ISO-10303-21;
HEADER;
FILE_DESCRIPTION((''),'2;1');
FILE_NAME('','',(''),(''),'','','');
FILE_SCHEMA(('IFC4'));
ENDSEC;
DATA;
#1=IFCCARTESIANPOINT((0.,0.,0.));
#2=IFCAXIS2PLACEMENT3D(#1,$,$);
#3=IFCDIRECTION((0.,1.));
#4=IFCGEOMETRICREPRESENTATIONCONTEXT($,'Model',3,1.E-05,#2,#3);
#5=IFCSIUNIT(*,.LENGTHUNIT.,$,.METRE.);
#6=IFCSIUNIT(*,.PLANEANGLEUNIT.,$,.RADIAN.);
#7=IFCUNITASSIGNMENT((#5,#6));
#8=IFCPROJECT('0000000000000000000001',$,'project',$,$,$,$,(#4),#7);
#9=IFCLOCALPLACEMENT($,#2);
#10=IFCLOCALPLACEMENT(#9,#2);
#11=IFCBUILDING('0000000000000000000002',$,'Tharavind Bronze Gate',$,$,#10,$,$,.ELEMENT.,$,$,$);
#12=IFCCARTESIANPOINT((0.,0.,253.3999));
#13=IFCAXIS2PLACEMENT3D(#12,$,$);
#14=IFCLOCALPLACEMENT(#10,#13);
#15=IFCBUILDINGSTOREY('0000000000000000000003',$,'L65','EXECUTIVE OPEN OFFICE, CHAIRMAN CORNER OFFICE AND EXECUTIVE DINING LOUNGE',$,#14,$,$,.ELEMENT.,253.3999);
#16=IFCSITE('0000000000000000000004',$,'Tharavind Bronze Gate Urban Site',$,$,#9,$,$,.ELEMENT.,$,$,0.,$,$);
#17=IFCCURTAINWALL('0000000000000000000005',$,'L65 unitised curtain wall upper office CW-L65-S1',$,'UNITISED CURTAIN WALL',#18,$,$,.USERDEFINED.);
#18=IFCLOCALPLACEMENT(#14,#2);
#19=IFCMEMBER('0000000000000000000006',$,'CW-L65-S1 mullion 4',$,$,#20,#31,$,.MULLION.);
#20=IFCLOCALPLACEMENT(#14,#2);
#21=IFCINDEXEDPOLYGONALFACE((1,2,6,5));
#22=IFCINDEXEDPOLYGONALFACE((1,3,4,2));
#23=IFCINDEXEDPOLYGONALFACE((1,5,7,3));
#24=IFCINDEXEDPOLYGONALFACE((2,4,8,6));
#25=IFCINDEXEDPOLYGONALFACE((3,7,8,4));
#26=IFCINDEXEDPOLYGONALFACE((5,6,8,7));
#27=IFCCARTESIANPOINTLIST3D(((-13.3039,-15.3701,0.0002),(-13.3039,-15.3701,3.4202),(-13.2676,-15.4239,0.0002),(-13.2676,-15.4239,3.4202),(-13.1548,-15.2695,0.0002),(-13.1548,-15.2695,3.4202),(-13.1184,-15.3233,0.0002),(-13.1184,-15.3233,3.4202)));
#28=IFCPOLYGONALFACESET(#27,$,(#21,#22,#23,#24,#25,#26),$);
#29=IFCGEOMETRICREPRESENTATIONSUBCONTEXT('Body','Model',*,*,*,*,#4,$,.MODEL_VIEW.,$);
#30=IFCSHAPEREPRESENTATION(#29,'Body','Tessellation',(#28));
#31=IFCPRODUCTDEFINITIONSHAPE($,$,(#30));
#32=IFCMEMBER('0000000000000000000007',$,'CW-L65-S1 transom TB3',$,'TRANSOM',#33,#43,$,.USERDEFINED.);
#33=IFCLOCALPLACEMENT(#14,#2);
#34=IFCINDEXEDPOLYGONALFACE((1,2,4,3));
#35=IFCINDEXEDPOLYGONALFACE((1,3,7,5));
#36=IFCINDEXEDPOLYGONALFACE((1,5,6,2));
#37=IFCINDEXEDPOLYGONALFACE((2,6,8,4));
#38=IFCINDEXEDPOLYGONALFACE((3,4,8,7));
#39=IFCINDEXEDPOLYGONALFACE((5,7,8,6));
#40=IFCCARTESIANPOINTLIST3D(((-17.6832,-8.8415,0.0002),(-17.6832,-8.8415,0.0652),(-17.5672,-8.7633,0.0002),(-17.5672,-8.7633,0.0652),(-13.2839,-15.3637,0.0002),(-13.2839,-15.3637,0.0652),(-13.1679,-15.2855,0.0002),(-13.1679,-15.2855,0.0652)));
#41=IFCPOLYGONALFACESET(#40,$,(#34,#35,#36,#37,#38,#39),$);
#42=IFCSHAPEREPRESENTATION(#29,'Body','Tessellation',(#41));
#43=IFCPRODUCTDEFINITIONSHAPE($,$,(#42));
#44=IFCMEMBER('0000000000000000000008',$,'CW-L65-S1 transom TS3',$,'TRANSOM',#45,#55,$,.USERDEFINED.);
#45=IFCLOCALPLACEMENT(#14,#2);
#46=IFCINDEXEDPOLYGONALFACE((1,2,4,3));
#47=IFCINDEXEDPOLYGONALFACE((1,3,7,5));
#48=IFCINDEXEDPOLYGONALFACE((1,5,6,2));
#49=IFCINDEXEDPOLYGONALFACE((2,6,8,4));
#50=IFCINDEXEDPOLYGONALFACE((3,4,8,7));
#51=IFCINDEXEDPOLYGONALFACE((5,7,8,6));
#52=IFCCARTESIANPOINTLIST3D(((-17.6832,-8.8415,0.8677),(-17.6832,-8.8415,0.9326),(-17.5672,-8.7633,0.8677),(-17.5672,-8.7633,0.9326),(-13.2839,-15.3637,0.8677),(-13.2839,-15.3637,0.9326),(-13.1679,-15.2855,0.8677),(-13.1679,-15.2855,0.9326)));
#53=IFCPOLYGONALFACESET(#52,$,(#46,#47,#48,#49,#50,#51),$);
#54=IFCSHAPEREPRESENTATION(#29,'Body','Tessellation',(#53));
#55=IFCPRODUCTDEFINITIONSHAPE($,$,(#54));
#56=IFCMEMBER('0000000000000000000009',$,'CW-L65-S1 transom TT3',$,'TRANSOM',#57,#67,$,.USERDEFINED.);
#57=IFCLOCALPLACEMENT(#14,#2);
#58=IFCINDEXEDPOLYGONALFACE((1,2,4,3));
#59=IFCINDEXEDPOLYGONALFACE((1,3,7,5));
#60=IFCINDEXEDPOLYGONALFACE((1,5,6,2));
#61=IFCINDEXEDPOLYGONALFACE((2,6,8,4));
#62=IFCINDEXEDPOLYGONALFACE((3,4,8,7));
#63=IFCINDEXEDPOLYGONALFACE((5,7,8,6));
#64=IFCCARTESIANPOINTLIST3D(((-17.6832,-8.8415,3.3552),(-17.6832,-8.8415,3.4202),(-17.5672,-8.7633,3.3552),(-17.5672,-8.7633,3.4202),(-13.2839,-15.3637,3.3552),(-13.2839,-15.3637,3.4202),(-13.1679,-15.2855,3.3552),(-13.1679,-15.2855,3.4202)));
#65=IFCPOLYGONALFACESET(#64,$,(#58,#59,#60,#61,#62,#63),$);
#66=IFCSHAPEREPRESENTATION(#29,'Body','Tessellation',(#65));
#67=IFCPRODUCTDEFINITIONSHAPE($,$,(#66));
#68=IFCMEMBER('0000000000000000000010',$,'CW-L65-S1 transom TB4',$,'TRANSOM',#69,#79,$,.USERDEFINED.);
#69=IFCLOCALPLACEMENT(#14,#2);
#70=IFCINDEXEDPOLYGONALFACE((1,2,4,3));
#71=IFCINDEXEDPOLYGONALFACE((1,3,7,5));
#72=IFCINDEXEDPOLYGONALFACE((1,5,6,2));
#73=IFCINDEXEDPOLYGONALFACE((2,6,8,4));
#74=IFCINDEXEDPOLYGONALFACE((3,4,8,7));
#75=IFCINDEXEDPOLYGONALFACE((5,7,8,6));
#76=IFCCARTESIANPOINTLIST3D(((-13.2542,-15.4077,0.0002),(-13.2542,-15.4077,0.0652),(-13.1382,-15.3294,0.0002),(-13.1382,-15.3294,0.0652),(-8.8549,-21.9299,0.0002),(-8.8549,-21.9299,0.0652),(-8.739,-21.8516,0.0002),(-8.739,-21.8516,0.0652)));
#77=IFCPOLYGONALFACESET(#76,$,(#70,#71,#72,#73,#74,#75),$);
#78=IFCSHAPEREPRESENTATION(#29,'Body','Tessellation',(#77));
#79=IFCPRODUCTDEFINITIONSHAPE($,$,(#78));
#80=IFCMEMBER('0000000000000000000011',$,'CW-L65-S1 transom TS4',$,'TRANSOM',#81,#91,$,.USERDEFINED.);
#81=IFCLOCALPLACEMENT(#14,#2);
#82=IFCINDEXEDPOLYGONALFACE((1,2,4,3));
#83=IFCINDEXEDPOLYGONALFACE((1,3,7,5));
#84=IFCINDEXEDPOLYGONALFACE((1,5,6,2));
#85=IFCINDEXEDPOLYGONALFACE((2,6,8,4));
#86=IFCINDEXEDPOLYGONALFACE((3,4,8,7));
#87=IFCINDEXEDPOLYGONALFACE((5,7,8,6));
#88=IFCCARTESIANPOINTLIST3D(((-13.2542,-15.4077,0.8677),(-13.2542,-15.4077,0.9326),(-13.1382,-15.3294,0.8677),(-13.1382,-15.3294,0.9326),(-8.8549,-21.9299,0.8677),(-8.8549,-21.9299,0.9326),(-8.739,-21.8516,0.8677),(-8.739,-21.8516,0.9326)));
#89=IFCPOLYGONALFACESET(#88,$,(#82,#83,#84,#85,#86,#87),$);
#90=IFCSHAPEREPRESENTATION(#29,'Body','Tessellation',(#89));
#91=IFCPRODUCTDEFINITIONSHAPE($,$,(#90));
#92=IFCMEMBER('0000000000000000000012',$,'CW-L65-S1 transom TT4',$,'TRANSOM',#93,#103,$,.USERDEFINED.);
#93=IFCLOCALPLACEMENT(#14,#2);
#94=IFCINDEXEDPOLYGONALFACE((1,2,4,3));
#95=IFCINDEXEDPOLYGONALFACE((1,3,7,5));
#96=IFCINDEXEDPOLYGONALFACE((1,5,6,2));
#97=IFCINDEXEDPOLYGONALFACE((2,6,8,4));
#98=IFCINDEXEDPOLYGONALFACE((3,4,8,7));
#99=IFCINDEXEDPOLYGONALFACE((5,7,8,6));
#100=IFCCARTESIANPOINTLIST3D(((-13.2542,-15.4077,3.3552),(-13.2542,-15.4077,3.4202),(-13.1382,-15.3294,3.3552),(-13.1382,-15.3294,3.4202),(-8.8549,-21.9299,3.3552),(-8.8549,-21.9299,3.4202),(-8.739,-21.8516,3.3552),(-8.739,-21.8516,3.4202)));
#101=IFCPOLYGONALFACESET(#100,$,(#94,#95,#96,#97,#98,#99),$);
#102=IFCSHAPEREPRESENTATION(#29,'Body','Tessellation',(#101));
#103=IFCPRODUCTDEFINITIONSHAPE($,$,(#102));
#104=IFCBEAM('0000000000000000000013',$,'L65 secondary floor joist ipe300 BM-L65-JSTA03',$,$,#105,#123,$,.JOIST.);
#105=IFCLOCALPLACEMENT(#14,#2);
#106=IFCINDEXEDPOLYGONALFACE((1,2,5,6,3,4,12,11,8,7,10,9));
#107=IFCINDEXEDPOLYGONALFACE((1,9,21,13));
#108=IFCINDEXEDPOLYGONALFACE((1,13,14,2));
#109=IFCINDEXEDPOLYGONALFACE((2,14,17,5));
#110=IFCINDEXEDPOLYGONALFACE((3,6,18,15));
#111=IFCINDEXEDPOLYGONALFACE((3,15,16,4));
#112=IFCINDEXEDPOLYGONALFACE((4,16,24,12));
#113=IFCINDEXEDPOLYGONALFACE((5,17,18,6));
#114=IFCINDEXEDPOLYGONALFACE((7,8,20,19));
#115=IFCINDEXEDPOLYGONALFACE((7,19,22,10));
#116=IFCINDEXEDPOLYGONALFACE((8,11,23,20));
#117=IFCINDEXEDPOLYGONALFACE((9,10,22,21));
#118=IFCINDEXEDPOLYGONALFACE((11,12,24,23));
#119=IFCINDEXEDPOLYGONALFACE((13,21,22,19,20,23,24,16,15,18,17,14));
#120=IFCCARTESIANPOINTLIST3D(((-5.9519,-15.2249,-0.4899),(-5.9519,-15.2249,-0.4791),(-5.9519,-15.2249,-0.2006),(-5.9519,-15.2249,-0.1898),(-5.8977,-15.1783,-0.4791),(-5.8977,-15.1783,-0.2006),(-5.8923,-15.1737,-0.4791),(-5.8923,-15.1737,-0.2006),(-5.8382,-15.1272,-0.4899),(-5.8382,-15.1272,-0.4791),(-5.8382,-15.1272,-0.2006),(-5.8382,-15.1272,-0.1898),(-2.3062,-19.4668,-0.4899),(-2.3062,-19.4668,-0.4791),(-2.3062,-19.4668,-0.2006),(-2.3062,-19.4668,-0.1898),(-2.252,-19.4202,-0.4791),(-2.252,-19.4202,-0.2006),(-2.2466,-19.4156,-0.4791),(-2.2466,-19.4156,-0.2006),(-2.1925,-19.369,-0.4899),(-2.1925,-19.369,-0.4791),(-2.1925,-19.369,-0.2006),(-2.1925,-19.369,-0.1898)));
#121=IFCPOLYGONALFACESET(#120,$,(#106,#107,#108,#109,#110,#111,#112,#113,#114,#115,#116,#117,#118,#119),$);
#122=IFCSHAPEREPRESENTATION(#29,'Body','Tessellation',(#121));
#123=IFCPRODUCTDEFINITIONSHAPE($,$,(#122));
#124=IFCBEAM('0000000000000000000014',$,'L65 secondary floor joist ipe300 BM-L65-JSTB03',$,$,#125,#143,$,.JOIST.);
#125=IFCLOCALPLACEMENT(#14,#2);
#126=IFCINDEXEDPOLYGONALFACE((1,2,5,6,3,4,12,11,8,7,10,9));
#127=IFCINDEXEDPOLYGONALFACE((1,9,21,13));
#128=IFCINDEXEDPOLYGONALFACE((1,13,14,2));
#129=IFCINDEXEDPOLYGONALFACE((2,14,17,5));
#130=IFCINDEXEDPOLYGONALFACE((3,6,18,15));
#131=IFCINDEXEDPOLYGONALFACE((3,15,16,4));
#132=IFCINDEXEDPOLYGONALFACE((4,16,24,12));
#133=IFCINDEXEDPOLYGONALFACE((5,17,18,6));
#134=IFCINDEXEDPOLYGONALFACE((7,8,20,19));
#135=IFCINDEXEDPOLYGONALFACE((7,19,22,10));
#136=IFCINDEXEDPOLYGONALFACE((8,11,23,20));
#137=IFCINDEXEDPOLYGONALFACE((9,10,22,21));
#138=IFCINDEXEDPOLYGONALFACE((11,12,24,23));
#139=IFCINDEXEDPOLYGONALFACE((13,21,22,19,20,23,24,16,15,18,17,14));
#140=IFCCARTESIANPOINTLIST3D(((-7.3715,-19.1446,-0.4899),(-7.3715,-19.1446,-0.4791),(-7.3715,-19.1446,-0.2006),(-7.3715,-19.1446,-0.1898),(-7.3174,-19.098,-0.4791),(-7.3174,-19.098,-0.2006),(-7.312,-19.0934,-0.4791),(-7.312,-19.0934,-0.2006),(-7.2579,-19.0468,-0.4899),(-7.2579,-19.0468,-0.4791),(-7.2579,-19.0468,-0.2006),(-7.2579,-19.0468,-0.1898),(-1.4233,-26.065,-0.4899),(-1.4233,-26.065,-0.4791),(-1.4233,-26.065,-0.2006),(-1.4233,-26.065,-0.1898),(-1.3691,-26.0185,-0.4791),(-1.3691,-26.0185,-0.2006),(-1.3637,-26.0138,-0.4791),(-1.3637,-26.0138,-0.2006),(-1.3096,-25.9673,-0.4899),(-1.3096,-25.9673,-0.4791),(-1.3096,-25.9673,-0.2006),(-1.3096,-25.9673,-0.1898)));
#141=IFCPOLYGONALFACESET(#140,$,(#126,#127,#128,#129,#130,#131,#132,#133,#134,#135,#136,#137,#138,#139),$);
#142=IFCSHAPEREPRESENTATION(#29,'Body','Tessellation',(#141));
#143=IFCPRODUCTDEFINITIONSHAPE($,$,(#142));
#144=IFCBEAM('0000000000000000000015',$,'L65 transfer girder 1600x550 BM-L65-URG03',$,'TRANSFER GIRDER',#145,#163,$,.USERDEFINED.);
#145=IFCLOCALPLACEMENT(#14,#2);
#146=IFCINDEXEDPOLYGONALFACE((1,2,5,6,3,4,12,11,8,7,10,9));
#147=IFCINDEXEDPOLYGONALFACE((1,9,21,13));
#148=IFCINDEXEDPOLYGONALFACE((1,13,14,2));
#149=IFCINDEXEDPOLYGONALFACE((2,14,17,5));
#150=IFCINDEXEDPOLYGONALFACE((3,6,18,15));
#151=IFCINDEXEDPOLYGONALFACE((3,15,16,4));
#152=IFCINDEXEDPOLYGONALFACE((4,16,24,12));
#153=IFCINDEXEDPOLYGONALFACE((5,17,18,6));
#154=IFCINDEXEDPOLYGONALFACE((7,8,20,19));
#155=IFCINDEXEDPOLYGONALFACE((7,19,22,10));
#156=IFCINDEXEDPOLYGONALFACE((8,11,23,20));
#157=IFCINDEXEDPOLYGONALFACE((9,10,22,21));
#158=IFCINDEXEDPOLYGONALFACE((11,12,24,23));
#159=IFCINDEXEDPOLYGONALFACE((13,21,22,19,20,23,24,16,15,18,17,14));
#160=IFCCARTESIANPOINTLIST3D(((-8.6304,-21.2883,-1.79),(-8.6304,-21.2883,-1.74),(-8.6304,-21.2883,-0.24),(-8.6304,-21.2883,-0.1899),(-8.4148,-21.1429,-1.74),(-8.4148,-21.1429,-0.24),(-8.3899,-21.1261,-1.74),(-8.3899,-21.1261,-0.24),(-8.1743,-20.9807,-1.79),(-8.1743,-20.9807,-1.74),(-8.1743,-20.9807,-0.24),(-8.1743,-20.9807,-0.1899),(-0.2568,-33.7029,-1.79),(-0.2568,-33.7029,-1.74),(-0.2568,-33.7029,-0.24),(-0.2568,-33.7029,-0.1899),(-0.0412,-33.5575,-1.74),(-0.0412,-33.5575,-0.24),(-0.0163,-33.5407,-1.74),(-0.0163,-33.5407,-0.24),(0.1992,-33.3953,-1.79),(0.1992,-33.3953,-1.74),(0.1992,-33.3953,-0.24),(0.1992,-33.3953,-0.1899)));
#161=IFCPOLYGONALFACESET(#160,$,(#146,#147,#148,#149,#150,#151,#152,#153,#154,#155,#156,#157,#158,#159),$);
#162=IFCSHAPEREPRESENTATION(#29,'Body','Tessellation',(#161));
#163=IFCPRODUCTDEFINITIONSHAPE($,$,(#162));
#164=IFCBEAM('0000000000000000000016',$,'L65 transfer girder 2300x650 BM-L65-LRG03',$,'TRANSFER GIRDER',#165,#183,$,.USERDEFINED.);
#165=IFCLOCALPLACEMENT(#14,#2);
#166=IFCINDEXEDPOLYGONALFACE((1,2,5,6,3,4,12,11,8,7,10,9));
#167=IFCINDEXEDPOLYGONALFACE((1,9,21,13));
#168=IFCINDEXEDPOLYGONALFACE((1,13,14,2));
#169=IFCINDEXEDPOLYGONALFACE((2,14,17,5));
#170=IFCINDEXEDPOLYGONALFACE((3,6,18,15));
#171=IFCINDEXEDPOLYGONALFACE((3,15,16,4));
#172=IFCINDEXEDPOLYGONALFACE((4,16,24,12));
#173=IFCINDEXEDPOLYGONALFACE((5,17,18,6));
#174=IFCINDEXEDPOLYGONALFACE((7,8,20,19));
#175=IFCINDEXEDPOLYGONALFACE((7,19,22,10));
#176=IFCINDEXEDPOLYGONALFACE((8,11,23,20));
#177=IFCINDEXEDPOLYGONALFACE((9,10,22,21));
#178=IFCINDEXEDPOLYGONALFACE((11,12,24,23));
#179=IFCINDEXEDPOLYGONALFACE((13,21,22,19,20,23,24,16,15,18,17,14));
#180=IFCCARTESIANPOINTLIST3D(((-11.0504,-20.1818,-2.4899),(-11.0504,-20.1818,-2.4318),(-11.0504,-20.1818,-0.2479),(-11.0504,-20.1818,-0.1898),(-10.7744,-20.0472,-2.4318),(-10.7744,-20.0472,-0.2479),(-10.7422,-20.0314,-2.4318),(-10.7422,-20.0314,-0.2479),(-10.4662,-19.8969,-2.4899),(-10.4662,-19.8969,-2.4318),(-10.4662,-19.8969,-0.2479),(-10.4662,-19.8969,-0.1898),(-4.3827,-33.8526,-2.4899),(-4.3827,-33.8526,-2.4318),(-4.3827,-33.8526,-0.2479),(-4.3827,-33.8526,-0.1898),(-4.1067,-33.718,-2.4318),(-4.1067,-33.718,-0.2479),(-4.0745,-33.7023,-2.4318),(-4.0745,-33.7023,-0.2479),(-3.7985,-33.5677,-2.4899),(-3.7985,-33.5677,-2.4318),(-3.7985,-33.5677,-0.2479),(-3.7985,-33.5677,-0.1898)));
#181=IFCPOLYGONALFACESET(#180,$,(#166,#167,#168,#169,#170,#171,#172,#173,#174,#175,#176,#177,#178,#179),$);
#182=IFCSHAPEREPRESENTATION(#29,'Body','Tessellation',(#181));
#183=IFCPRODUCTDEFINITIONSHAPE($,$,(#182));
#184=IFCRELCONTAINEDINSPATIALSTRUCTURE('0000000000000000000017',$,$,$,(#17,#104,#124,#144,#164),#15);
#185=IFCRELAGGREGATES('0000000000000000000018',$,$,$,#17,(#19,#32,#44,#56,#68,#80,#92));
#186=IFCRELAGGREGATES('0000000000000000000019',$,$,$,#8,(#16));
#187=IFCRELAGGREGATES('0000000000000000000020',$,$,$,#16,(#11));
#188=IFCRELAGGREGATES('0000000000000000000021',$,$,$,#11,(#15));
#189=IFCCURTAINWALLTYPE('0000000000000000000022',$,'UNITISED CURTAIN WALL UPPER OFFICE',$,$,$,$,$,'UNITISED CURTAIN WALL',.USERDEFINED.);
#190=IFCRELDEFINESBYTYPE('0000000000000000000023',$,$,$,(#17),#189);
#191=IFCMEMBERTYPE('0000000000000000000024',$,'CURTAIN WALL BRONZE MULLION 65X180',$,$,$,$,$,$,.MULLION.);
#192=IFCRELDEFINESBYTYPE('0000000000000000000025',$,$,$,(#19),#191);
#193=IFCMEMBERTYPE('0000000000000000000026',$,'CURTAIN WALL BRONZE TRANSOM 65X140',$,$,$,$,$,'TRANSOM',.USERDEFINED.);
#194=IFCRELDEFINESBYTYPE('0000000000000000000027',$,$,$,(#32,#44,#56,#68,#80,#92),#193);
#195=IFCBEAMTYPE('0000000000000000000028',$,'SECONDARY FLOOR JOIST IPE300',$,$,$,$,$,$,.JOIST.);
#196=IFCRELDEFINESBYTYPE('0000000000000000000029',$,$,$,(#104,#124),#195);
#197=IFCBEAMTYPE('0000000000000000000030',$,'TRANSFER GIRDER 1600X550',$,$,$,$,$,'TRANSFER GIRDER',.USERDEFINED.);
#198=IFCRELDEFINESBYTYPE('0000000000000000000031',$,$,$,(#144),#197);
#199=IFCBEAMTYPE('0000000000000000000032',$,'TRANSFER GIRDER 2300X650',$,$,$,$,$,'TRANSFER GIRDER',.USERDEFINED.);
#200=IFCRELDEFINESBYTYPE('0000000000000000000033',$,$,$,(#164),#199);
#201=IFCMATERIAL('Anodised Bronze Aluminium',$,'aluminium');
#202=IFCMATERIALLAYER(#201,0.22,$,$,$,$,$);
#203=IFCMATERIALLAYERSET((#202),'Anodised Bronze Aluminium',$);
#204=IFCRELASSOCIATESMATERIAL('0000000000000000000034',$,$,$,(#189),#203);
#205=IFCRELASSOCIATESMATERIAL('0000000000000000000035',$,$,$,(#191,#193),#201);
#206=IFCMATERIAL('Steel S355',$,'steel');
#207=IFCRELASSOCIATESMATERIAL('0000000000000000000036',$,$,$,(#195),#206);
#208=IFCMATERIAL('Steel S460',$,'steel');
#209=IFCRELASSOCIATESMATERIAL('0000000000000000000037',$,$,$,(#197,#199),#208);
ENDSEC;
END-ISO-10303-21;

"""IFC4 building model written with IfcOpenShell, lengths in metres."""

from ifc_helpers import new_model, si_unit, direction, frame, origin, origin_2d, place, context, subcontext, project, spatial, rectangle, i_section, extrude, material, layer, layer_set, material_profile, profile_set, type_object, element, aggregate, save


model = new_model("IFC4")

# Units and contexts
model_context = context("Model", 3, precision=1e-05, world=origin(), true_north=direction((0.0, 1.0)))
body_context = subcontext(model_context, "Body", "Model", "MODEL_VIEW")
ifc_project = project(units=[si_unit("LENGTHUNIT", "METRE"), si_unit("PLANEANGLEUNIT", "RADIAN")], contexts=[model_context])

# Site, building, storey
site_placement = place(None, origin())
site = spatial("IfcSite", under=ifc_project, at=site_placement, Name="Tharavind Bronze Gate Urban Site", CompositionType="ELEMENT", RefElevation=0.0)
building_placement = place(site_placement, origin())
building = spatial("IfcBuilding", under=site, at=building_placement, Name="Tharavind Bronze Gate", CompositionType="ELEMENT")
storey_placement = place(building_placement, frame((0.0, 0.0, 253.3999)))
storey = spatial("IfcBuildingStorey", under=building, at=storey_placement, Name="L65", Description="EXECUTIVE OPEN OFFICE, CHAIRMAN CORNER OFFICE AND EXECUTIVE DINING LOUNGE", CompositionType="ELEMENT", Elevation=253.3999)

# Curtain wall, members
ifc_material_1 = material(Name="Anodised Bronze Aluminium", Category="aluminium")
ifc_layer_1 = layer(ifc_material_1, 0.22)
ifc_layer_set_1 = layer_set([ifc_layer_1], Name="Anodised Bronze Aluminium")
curtain_wall_type = type_object("IfcCurtainWallType", Name="UNITISED CURTAIN WALL UPPER OFFICE", ElementType="UNITISED CURTAIN WALL", PredefinedType="USERDEFINED", material=ifc_layer_set_1)
curtain_wall_placement = place(storey_placement, origin())
curtain_wall = element("IfcCurtainWall", 1, at=curtain_wall_placement, inside=storey, type_object=curtain_wall_type, Name="L65 unitised curtain wall upper office CW-L65-S1", ObjectType="UNITISED CURTAIN WALL", PredefinedType="USERDEFINED")
member_type_1 = type_object("IfcMemberType", Name="CURTAIN WALL BRONZE MULLION 65X180", PredefinedType="MULLION", material=ifc_material_1)
member_1_placement = place(storey_placement, frame((-13.2112, -15.3467, 0.0002), z_axis=(0.0, 0.0, 1.0), x_axis=(0.559191, -0.829039, 0.0)))
member_1 = element("IfcMember", 2, at=member_1_placement, type_object=member_type_1, Name="CW-L65-S1 mullion 4", PredefinedType="MULLION", context=body_context, shape_type="SweptSolid", body=[
    extrude(rectangle(XDim=0.0649, YDim=0.1799, at=origin_2d()), origin(), (0.0, 0.0, 1.0), 3.4199),
])
member_type_2 = type_object("IfcMemberType", Name="CURTAIN WALL BRONZE TRANSOM 65X140", ElementType="TRANSOM", PredefinedType="USERDEFINED", material=ifc_material_1)
member_2_placement = place(storey_placement, frame((-15.4255, -12.0635, 0.0002), z_axis=(0.0, 0.0, 1.0), x_axis=(0.559191, -0.829039, 0.0)))
member_2 = element("IfcMember", 3, at=member_2_placement, type_object=member_type_2, Name="CW-L65-S1 transom TB3", ObjectType="TRANSOM", PredefinedType="USERDEFINED", context=body_context, shape_type="SweptSolid", body=[
    extrude(rectangle(XDim=7.8672, YDim=0.1399, at=origin_2d()), origin(), (0.0, 0.0, 1.0), 0.0649),
])
member_3_placement = place(storey_placement, frame((-15.4255, -12.0635, 0.8677), z_axis=(0.0, 0.0, 1.0), x_axis=(0.559191, -0.829039, 0.0)))
member_3 = element("IfcMember", 4, at=member_3_placement, type_object=member_type_2, Name="CW-L65-S1 transom TS3", ObjectType="TRANSOM", PredefinedType="USERDEFINED", context=body_context, shape_type="SweptSolid", body=[
    extrude(rectangle(XDim=7.8672, YDim=0.1399, at=origin_2d()), origin(), (0.0, 0.0, 1.0), 0.0649),
])
member_4_placement = place(storey_placement, frame((-15.4255, -12.0635, 3.3552), z_axis=(0.0, 0.0, 1.0), x_axis=(0.559191, -0.829039, 0.0)))
member_4 = element("IfcMember", 5, at=member_4_placement, type_object=member_type_2, Name="CW-L65-S1 transom TT3", ObjectType="TRANSOM", PredefinedType="USERDEFINED", context=body_context, shape_type="SweptSolid", body=[
    extrude(rectangle(XDim=7.8672, YDim=0.1399, at=origin_2d()), origin(), (0.0, 0.0, 1.0), 0.0649),
])
member_5_placement = place(storey_placement, frame((-10.9966, -18.6296, 0.0002), z_axis=(0.0, 0.0, 1.0), x_axis=(0.559191, -0.829039, 0.0)))
member_5 = element("IfcMember", 6, at=member_5_placement, type_object=member_type_2, Name="CW-L65-S1 transom TB4", ObjectType="TRANSOM", PredefinedType="USERDEFINED", context=body_context, shape_type="SweptSolid", body=[
    extrude(rectangle(XDim=7.8672, YDim=0.1399, at=origin_2d()), origin(), (0.0, 0.0, 1.0), 0.0649),
])
member_6_placement = place(storey_placement, frame((-10.9966, -18.6296, 0.8677), z_axis=(0.0, 0.0, 1.0), x_axis=(0.559191, -0.829039, 0.0)))
member_6 = element("IfcMember", 7, at=member_6_placement, type_object=member_type_2, Name="CW-L65-S1 transom TS4", ObjectType="TRANSOM", PredefinedType="USERDEFINED", context=body_context, shape_type="SweptSolid", body=[
    extrude(rectangle(XDim=7.8672, YDim=0.1399, at=origin_2d()), origin(), (0.0, 0.0, 1.0), 0.0649),
])
member_7_placement = place(storey_placement, frame((-10.9966, -18.6296, 3.3552), z_axis=(0.0, 0.0, 1.0), x_axis=(0.559191, -0.829039, 0.0)))
member_7 = element("IfcMember", 8, at=member_7_placement, type_object=member_type_2, Name="CW-L65-S1 transom TT4", ObjectType="TRANSOM", PredefinedType="USERDEFINED", context=body_context, shape_type="SweptSolid", body=[
    extrude(rectangle(XDim=7.8672, YDim=0.1399, at=origin_2d()), origin(), (0.0, 0.0, 1.0), 0.0649),
])

# Beams
ifc_material_2 = material(Name="Steel S355", Category="steel")
ifc_material_profile_1 = material_profile(ifc_material_2, i_section(OverallWidth=0.1499, OverallDepth=0.3, WebThickness=0.0071, FlangeThickness=0.0107, at=origin_2d()), Name="IPE300")
ifc_profile_set_1 = profile_set([ifc_material_profile_1], Name="Steel S355")
beam_type_1 = type_object("IfcBeamType", Name="SECONDARY FLOOR JOIST IPE300", PredefinedType="JOIST", material=ifc_profile_set_1)
beam_1_placement = place(storey_placement, frame((-5.895, -15.176, -0.3398), z_axis=(0.651801, -0.75839, 0.0), x_axis=(0.75839, 0.651801, 0.0)))
element("IfcBeam", 9, at=beam_1_placement, inside=storey, type_object=beam_type_1, Name="L65 secondary floor joist ipe300 BM-L65-JSTA03", PredefinedType="JOIST", context=body_context, shape_type="SweptSolid", body=[
    extrude(i_section(OverallWidth=0.1499, OverallDepth=0.3, WebThickness=0.0071, FlangeThickness=0.0107, at=origin_2d()), origin(), (0.0, 0.0, 1.0), 5.5933),
])
beam_2_placement = place(storey_placement, frame((-7.3147, -19.0957, -0.3398), z_axis=(0.651831, -0.758365, 0.0), x_axis=(0.758365, 0.651831, 0.0)))
element("IfcBeam", 10, at=beam_2_placement, inside=storey, type_object=beam_type_1, Name="L65 secondary floor joist ipe300 BM-L65-JSTB03", PredefinedType="JOIST", context=body_context, shape_type="SweptSolid", body=[
    extrude(i_section(OverallWidth=0.1499, OverallDepth=0.3, WebThickness=0.0071, FlangeThickness=0.0107, at=origin_2d()), origin(), (0.0, 0.0, 1.0), 9.1255),
])
ifc_material_3 = material(Name="Steel S460", Category="steel")
ifc_material_profile_2 = material_profile(ifc_material_3, i_section(OverallWidth=0.55, OverallDepth=1.6001, WebThickness=0.03, FlangeThickness=0.05, at=origin_2d()), Name="PG1600X550")
ifc_profile_set_2 = profile_set([ifc_material_profile_2], Name="Steel S460")
beam_type_2 = type_object("IfcBeamType", Name="TRANSFER GIRDER 1600X550", ElementType="TRANSFER GIRDER", PredefinedType="USERDEFINED", material=ifc_profile_set_2)
beam_3_placement = place(storey_placement, frame((-8.4023, -21.1345, -0.99), z_axis=(0.559184, -0.829043, 0.0), x_axis=(0.829043, 0.559184, 0.0)))
element("IfcBeam", 11, at=beam_3_placement, inside=storey, type_object=beam_type_2, Name="L65 transfer girder 1600x550 BM-L65-URG03", ObjectType="TRANSFER GIRDER", PredefinedType="USERDEFINED", context=body_context, shape_type="SweptSolid", body=[
    extrude(i_section(OverallWidth=0.55, OverallDepth=1.6001, WebThickness=0.03, FlangeThickness=0.05, at=origin_2d()), origin(), (0.0, 0.0, 1.0), 14.9746),
])
ifc_material_profile_3 = material_profile(ifc_material_3, i_section(OverallWidth=0.6499, OverallDepth=2.3, WebThickness=0.0359, FlangeThickness=0.0581, at=origin_2d()), Name="PG2300X650")
ifc_profile_set_3 = profile_set([ifc_material_profile_3], Name="Steel S460")
beam_type_3 = type_object("IfcBeamType", Name="TRANSFER GIRDER 2300X650", ElementType="TRANSFER GIRDER", PredefinedType="USERDEFINED", material=ifc_profile_set_3)
beam_4_placement = place(storey_placement, frame((-10.7583, -20.0393, -1.3398), z_axis=(0.43837, -0.898795, 0.0), x_axis=(0.898795, 0.43837, 0.0)))
element("IfcBeam", 12, at=beam_4_placement, inside=storey, type_object=beam_type_3, Name="L65 transfer girder 2300x650 BM-L65-LRG03", ObjectType="TRANSFER GIRDER", PredefinedType="USERDEFINED", context=body_context, shape_type="SweptSolid", body=[
    extrude(i_section(OverallWidth=0.6499, OverallDepth=2.3, WebThickness=0.0359, FlangeThickness=0.0581, at=origin_2d()), origin(), (0.0, 0.0, 1.0), 15.2102),
])

aggregate(curtain_wall, [member_1, member_2, member_3, member_4, member_5, member_6, member_7])

save(model, "model.ifc")
